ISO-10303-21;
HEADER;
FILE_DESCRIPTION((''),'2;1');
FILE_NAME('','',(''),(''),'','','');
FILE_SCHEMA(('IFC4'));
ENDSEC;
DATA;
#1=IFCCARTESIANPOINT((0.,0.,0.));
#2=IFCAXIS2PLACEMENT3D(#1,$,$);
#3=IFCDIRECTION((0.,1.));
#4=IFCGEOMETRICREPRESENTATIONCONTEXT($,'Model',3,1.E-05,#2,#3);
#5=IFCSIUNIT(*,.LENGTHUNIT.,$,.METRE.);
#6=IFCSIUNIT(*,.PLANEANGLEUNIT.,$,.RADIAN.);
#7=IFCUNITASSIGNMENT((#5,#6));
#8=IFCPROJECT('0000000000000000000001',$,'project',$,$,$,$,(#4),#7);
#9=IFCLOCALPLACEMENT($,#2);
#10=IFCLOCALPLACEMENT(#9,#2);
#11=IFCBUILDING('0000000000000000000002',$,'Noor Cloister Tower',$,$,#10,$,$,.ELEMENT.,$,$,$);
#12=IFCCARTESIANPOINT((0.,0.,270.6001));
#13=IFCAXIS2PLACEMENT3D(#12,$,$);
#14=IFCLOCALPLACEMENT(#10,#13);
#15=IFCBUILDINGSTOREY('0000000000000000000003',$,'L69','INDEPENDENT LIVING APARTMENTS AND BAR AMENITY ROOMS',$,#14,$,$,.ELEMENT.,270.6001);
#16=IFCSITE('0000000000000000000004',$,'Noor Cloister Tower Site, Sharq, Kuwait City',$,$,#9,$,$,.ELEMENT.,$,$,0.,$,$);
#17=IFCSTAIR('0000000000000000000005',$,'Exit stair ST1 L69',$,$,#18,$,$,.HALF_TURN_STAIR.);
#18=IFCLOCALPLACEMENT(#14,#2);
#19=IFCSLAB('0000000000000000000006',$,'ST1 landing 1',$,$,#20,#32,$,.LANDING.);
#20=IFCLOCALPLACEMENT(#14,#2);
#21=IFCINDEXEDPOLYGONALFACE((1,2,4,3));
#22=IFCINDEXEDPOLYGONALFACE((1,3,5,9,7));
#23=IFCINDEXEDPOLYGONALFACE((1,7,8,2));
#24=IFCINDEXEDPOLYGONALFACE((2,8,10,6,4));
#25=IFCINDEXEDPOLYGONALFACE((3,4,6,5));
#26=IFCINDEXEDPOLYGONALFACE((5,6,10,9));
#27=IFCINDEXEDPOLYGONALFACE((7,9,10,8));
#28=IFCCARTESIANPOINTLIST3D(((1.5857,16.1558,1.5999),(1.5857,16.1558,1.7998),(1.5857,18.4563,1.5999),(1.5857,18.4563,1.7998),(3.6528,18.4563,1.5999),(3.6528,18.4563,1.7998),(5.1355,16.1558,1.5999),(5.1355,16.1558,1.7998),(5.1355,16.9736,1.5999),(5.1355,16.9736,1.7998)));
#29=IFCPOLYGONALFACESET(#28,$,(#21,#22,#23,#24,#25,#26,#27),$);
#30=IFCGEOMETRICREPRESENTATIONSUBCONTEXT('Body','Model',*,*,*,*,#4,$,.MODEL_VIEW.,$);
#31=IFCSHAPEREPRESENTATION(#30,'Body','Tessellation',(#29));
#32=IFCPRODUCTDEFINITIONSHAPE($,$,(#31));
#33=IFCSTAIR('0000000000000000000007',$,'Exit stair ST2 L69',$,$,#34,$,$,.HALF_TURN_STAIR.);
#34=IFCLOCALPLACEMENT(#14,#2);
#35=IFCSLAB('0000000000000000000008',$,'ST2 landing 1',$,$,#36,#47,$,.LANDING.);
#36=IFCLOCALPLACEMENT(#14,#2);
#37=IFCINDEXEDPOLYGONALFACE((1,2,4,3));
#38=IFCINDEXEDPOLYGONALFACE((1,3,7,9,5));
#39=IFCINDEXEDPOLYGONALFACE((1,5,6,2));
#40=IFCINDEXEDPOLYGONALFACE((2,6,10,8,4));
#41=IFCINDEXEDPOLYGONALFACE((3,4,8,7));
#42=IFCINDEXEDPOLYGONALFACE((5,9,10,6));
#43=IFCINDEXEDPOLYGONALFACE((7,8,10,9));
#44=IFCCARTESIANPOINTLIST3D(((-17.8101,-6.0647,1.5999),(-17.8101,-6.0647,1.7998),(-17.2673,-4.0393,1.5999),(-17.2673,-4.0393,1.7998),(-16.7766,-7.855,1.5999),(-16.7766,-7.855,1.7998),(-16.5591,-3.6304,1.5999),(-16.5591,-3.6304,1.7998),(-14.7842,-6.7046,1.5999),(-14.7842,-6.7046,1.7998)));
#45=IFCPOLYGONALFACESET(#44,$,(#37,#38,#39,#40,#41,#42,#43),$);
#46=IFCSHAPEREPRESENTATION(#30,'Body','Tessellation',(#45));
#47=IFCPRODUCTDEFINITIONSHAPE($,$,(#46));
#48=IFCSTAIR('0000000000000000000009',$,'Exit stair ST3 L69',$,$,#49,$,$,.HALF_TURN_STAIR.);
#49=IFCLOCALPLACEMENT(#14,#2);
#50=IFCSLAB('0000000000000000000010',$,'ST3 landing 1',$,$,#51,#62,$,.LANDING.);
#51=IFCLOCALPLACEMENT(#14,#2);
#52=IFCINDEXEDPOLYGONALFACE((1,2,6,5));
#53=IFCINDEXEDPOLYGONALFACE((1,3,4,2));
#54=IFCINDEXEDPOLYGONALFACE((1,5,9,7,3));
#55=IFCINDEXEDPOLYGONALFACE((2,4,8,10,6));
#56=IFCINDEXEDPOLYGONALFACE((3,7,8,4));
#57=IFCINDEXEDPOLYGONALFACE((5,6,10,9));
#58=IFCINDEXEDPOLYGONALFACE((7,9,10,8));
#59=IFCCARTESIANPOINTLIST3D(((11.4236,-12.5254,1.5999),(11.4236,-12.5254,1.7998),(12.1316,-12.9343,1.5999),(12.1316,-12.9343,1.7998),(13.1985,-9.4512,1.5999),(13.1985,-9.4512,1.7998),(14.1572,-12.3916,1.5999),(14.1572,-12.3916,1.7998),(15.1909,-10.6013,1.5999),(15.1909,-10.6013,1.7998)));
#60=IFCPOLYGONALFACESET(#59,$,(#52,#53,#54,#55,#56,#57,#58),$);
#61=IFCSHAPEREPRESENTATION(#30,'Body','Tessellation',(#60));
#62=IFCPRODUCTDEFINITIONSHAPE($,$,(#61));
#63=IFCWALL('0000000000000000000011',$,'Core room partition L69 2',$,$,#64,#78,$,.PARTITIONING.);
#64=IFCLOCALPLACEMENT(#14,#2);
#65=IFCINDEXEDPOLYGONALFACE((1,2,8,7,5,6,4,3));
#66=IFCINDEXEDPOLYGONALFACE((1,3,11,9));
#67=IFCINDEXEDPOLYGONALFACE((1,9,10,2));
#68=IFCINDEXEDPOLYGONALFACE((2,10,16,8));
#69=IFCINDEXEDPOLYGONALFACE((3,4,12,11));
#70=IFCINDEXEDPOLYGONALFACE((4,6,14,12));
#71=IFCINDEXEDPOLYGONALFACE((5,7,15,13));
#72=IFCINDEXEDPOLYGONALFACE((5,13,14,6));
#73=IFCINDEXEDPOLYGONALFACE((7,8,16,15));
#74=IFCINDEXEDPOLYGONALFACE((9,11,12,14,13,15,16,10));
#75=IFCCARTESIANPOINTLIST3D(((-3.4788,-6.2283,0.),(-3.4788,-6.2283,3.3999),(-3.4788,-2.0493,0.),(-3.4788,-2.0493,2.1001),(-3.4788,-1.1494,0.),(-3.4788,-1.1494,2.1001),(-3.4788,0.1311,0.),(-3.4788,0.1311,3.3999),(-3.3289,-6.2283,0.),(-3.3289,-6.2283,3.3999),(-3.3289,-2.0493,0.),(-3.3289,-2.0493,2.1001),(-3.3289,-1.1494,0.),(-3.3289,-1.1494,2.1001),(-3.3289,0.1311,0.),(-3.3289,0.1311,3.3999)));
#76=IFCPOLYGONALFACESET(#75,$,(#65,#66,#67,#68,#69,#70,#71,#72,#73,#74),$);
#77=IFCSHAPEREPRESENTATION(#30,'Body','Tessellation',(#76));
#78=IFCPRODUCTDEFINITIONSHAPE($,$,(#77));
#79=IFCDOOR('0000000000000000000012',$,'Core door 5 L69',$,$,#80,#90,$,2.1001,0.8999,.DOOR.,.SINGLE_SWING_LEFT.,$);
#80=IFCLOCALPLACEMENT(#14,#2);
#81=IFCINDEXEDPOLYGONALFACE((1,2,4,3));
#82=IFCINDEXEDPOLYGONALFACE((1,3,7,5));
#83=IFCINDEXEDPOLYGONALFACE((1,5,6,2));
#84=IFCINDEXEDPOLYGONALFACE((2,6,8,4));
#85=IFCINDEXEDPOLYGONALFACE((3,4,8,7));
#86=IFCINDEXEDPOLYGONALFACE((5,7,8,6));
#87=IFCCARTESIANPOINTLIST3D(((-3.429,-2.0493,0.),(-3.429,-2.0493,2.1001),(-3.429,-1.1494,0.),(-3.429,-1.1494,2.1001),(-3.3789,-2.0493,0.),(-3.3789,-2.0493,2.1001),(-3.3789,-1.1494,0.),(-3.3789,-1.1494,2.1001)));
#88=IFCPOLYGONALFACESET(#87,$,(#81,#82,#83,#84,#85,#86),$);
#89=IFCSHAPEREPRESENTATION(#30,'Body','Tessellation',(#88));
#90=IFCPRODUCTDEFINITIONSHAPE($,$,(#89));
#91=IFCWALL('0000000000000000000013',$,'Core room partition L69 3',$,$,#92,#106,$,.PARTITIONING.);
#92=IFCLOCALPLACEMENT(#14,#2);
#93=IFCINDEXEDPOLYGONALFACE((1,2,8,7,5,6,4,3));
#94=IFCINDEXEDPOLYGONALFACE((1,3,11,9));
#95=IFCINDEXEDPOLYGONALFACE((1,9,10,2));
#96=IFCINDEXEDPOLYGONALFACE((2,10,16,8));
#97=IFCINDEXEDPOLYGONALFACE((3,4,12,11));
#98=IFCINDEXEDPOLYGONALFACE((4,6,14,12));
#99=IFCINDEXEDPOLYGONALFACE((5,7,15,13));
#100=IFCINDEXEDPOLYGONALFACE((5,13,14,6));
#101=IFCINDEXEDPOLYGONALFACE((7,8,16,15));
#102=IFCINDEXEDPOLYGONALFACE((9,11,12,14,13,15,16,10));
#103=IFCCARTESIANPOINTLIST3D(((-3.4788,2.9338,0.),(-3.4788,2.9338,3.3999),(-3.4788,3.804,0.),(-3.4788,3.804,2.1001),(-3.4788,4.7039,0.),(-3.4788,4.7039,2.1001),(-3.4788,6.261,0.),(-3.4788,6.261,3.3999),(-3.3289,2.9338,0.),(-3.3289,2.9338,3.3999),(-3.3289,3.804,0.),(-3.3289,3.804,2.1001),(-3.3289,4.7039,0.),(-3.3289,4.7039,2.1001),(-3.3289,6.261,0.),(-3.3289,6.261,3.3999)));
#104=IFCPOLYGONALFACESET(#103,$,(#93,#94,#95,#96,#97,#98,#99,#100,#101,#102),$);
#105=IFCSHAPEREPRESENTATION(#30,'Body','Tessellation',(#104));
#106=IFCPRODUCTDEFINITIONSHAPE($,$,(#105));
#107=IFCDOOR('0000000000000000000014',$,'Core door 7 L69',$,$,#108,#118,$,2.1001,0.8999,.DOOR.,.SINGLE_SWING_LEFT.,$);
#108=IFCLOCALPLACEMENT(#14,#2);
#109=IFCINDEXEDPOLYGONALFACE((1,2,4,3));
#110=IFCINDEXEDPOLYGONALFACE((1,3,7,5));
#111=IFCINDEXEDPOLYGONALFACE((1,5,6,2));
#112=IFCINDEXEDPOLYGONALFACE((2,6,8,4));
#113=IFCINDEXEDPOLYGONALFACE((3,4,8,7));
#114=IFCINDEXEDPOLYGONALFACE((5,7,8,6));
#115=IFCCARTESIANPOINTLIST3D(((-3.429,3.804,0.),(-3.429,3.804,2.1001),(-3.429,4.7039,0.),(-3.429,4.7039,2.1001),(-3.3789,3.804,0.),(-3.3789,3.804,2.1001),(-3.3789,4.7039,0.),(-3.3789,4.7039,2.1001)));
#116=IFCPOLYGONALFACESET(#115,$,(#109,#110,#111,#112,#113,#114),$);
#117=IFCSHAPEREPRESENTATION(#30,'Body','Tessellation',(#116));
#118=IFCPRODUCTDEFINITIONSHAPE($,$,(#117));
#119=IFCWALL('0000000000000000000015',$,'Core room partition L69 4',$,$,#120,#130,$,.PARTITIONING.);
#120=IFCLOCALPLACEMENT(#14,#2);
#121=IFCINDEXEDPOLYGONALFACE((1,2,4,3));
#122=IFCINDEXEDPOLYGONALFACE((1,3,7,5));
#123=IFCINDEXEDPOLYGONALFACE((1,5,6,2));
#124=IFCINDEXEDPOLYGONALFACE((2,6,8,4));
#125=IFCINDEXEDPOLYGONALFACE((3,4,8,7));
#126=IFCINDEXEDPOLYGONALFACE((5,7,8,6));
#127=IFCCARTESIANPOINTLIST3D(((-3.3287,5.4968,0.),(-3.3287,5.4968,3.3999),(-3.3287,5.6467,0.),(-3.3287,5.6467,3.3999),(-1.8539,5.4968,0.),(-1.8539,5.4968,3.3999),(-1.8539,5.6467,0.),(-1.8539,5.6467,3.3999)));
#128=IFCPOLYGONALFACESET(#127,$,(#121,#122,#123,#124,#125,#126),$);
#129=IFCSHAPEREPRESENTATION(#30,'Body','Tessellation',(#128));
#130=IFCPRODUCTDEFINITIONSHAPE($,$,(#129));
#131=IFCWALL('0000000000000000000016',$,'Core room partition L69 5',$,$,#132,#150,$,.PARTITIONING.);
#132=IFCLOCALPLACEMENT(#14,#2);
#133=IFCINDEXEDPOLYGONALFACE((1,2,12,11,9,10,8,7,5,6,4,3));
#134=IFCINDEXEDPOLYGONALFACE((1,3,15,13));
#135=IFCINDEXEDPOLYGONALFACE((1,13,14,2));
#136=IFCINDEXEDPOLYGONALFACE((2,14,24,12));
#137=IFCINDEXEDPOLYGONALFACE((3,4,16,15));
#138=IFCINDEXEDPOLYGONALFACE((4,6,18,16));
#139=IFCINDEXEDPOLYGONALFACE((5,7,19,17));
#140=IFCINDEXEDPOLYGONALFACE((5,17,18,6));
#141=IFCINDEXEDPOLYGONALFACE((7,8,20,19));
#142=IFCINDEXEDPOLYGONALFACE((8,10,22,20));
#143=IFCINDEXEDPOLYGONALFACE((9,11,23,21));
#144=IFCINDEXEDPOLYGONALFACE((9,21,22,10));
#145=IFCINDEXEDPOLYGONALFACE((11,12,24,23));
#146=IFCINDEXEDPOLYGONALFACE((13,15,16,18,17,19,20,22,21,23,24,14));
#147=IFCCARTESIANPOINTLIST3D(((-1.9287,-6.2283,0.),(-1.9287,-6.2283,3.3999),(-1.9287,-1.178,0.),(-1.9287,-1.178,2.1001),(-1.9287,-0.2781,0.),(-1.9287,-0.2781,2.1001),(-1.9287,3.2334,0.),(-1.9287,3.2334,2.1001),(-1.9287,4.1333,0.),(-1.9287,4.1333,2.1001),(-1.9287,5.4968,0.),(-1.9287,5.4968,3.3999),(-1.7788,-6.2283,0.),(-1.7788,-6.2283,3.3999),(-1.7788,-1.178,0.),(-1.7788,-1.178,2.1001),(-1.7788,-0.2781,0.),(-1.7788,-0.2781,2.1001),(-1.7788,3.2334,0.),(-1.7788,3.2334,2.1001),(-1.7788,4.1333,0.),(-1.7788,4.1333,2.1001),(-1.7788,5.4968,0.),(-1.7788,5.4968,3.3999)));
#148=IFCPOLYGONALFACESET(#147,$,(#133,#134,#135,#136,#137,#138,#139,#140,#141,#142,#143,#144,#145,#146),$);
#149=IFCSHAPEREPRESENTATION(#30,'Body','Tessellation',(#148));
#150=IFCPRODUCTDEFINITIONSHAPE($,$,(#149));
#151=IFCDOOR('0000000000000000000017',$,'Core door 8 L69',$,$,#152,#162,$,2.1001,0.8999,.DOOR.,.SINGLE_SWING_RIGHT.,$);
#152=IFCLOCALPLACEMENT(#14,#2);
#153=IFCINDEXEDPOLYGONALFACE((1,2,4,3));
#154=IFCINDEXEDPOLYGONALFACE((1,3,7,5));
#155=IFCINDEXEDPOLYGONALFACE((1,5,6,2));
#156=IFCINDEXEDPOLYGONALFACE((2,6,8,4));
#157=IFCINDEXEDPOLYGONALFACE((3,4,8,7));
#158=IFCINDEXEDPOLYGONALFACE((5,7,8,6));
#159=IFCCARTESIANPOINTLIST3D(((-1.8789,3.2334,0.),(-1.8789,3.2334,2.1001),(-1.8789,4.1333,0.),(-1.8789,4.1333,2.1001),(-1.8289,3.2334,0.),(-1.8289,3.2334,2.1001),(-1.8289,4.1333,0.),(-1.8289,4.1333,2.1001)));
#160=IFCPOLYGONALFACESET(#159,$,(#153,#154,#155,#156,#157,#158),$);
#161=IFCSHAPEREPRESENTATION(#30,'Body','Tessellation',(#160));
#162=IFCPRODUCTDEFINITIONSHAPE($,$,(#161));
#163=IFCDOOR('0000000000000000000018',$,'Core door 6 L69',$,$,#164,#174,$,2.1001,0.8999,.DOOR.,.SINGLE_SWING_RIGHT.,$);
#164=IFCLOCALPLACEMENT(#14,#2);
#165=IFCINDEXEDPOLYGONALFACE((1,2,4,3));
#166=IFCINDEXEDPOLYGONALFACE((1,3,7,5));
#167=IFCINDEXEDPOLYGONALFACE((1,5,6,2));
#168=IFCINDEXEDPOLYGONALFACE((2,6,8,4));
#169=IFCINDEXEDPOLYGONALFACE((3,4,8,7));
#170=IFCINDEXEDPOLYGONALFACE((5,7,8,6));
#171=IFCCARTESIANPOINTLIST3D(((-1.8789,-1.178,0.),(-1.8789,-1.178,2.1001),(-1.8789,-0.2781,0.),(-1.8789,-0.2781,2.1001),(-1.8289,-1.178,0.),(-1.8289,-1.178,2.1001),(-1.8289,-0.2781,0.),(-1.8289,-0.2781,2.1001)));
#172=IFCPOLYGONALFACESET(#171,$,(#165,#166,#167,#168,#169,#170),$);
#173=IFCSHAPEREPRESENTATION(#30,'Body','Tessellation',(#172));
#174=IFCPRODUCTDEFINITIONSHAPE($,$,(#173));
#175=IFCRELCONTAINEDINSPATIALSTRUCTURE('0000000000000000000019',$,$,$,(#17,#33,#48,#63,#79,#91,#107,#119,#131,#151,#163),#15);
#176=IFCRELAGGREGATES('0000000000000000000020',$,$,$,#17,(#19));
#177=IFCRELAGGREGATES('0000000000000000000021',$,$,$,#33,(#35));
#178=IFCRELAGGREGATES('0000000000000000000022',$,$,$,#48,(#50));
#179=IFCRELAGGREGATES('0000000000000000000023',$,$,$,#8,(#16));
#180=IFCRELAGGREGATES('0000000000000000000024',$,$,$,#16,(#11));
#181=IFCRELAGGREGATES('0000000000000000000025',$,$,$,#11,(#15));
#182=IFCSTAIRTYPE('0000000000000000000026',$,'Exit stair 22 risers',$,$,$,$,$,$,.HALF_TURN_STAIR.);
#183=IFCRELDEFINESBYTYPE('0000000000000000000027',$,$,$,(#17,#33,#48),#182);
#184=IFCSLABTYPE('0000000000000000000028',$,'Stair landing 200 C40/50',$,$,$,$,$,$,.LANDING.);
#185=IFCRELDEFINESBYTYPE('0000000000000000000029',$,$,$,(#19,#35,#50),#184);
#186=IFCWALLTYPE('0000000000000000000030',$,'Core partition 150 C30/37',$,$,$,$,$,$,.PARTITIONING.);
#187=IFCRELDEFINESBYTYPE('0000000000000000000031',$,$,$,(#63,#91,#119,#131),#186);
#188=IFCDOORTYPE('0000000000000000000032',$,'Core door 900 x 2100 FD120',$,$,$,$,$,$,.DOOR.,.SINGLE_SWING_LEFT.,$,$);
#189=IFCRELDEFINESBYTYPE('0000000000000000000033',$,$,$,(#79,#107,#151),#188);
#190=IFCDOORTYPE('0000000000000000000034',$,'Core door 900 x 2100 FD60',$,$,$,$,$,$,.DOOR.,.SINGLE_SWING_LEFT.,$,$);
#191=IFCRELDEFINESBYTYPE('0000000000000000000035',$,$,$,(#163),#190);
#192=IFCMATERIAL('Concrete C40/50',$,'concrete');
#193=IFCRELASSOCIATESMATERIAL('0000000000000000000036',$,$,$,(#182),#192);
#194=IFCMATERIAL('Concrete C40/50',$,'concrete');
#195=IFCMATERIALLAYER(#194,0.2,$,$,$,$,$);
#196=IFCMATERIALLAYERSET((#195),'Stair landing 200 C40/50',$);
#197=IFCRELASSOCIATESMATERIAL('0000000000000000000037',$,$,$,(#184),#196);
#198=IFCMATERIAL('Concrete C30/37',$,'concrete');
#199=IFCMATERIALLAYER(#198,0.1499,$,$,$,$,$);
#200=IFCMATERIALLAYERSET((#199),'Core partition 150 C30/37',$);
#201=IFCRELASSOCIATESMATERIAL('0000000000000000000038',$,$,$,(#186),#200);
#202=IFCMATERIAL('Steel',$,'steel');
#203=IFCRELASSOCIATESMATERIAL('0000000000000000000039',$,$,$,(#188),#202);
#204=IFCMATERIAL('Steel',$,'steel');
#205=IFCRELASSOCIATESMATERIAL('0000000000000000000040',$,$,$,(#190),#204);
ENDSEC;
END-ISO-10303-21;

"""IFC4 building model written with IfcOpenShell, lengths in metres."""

from ifc_helpers import new_model, si_unit, direction, frame, frame_2d, origin, place, context, subcontext, project, spatial, polyline, rectangle, outline, extrude, material, layer, layer_set, type_object, element, fill, aggregate, save


model = new_model("IFC4")

# Units and contexts
model_context = context("Model", 3, precision=1e-05, world=origin(), true_north=direction((0.0, 1.0)))
body_context = subcontext(model_context, "Body", "Model", "MODEL_VIEW")
ifc_project = project(units=[si_unit("LENGTHUNIT", "METRE"), si_unit("PLANEANGLEUNIT", "RADIAN")], contexts=[model_context])

# Site, building, storey
site_placement = place(None, origin())
site = spatial("IfcSite", under=ifc_project, at=site_placement, Name="Noor Cloister Tower Site, Sharq, Kuwait City", CompositionType="ELEMENT", RefElevation=0.0)
building_placement = place(site_placement, origin())
building = spatial("IfcBuilding", under=site, at=building_placement, Name="Noor Cloister Tower", CompositionType="ELEMENT")
storey_placement = place(building_placement, frame((0.0, 0.0, 270.6001)))
storey = spatial("IfcBuildingStorey", under=building, at=storey_placement, Name="L69", Description="INDEPENDENT LIVING APARTMENTS AND BAR AMENITY ROOMS", CompositionType="ELEMENT", Elevation=270.6001)

# Stairs, slabs
ifc_material_1 = material(Name="Concrete C40/50", Category="concrete")
stair_type = type_object("IfcStairType", Name="Exit stair 22 risers", PredefinedType="HALF_TURN_STAIR", material=ifc_material_1)
stair_1_placement = place(storey_placement, origin())
stair_1 = element("IfcStair", 1, at=stair_1_placement, inside=storey, type_object=stair_type, Name="Exit stair ST1 L69", PredefinedType="HALF_TURN_STAIR")
ifc_material_2 = material(Name="Concrete C40/50", Category="concrete")
ifc_layer_1 = layer(ifc_material_2, 0.2)
ifc_layer_set_1 = layer_set([ifc_layer_1], Name="Stair landing 200 C40/50")
slab_type = type_object("IfcSlabType", Name="Stair landing 200 C40/50", PredefinedType="LANDING", material=ifc_layer_set_1)
slab_1_placement = place(storey_placement, frame((0.0, 0.0, 1.5999)))
slab_1 = element("IfcSlab", 2, at=slab_1_placement, type_object=slab_type, Name="ST1 landing 1", PredefinedType="LANDING", context=body_context, shape_type="SweptSolid", body=[
    extrude(outline(polyline([(5.1355, 16.1558), (5.1355, 16.9736), (3.6528, 18.4563), (1.5857, 18.4563), (1.5857, 16.1558), (5.1355, 16.1558)])), origin(), (0.0, 0.0, 1.0), 0.2),
])
aggregate(stair_1, [slab_1])
stair_2_placement = place(storey_placement, origin())
stair_2 = element("IfcStair", 3, at=stair_2_placement, inside=storey, type_object=stair_type, Name="Exit stair ST2 L69", PredefinedType="HALF_TURN_STAIR")
slab_2_placement = place(storey_placement, frame((0.0, 0.0, 1.5999)))
slab_2 = element("IfcSlab", 4, at=slab_2_placement, type_object=slab_type, Name="ST2 landing 1", PredefinedType="LANDING", context=body_context, shape_type="SweptSolid", body=[
    extrude(outline(polyline([(-16.5591, -3.6304), (-17.2673, -4.0393), (-17.8101, -6.0647), (-16.7766, -7.855), (-14.7842, -6.7046), (-16.5591, -3.6304)])), origin(), (0.0, 0.0, 1.0), 0.2),
])
aggregate(stair_2, [slab_2])
stair_3_placement = place(storey_placement, origin())
stair_3 = element("IfcStair", 5, at=stair_3_placement, inside=storey, type_object=stair_type, Name="Exit stair ST3 L69", PredefinedType="HALF_TURN_STAIR")
slab_3_placement = place(storey_placement, frame((0.0, 0.0, 1.5999)))
slab_3 = element("IfcSlab", 6, at=slab_3_placement, type_object=slab_type, Name="ST3 landing 1", PredefinedType="LANDING", context=body_context, shape_type="SweptSolid", body=[
    extrude(outline(polyline([(11.4236, -12.5254), (12.1316, -12.9343), (14.1572, -12.3916), (15.1909, -10.6013), (13.1985, -9.4512), (11.4236, -12.5254)])), origin(), (0.0, 0.0, 1.0), 0.2),
])
aggregate(stair_3, [slab_3])

# Walls, openings, doors
ifc_material_3 = material(Name="Concrete C30/37", Category="concrete")
ifc_layer_2 = layer(ifc_material_3, 0.1499)
ifc_layer_set_2 = layer_set([ifc_layer_2], Name="Core partition 150 C30/37")
wall_type_1 = type_object("IfcWallType", Name="Core partition 150 C30/37", PredefinedType="PARTITIONING", material=ifc_layer_set_2)
wall_1_placement = place(storey_placement, frame((-3.4038, 0.1311, 0.0), z_axis=(0.0, 0.0, 1.0), x_axis=(0.0, -1.0, 0.0)))
wall_1 = element("IfcWall", 7, at=wall_1_placement, inside=storey, type_object=wall_type_1, Name="Core room partition L69 2", PredefinedType="PARTITIONING", context=body_context, shape_type="SweptSolid", body=[
    extrude(rectangle(XDim=6.3594, YDim=0.1499, at=frame_2d((3.1797, 0.0))), origin(), (0.0, 0.0, 1.0), 3.3999),
])
opening_1_placement = place(wall_1_placement, frame((1.2805, 0.0, 0.0)))
opening_1 = element("IfcOpeningElement", 8, at=opening_1_placement, cuts=wall_1, PredefinedType="OPENING", context=body_context, shape_type="SweptSolid", body=[
    extrude(rectangle(XDim=0.8999, YDim=2.1001, at=frame_2d((0.45, 1.05))), frame((0.0, 0.085, 0.0), z_axis=(0.0, -1.0, 0.0), x_axis=(1.0, 0.0, 0.0)), (0.0, 0.0, 1.0), 0.1699),
])
ifc_material_4 = material(Name="Steel", Category="steel")
door_type_1 = type_object("IfcDoorType", Name="Core door 900 x 2100 FD120", OperationType="SINGLE_SWING_LEFT", PredefinedType="DOOR", material=ifc_material_4)
door_1_placement = place(opening_1_placement, origin())
door_1 = element("IfcDoor", 9, at=door_1_placement, inside=storey, type_object=door_type_1, Name="Core door 5 L69", OperationType="SINGLE_SWING_LEFT", OverallHeight=2.1001, OverallWidth=0.8999, PredefinedType="DOOR", context=body_context, shape_type="SweptSolid", body=[
    extrude(rectangle(XDim=0.8999, YDim=2.1001, at=frame_2d((0.45, 1.05))), frame((0.0, 0.0249, 0.0), z_axis=(0.0, -1.0, 0.0), x_axis=(1.0, 0.0, 0.0)), (0.0, 0.0, 1.0), 0.05),
])
fill(opening_1, door_1)
wall_2_placement = place(storey_placement, frame((-3.4038, 6.261, 0.0), z_axis=(0.0, 0.0, 1.0), x_axis=(0.0, -1.0, 0.0)))
wall_2 = element("IfcWall", 10, at=wall_2_placement, inside=storey, type_object=wall_type_1, Name="Core room partition L69 3", PredefinedType="PARTITIONING", context=body_context, shape_type="SweptSolid", body=[
    extrude(rectangle(XDim=3.3271, YDim=0.1499, at=frame_2d((1.6636, 0.0))), origin(), (0.0, 0.0, 1.0), 3.3999),
])
opening_2_placement = place(wall_2_placement, frame((1.5571, 0.0, 0.0)))
opening_2 = element("IfcOpeningElement", 11, at=opening_2_placement, cuts=wall_2, PredefinedType="OPENING", context=body_context, shape_type="SweptSolid", body=[
    extrude(rectangle(XDim=0.8999, YDim=2.1001, at=frame_2d((0.45, 1.05))), frame((0.0, 0.085, 0.0), z_axis=(0.0, -1.0, 0.0), x_axis=(1.0, 0.0, 0.0)), (0.0, 0.0, 1.0), 0.1699),
])
door_2_placement = place(opening_2_placement, origin())
door_2 = element("IfcDoor", 12, at=door_2_placement, inside=storey, type_object=door_type_1, Name="Core door 7 L69", OperationType="SINGLE_SWING_LEFT", OverallHeight=2.1001, OverallWidth=0.8999, PredefinedType="DOOR", context=body_context, shape_type="SweptSolid", body=[
    extrude(rectangle(XDim=0.8999, YDim=2.1001, at=frame_2d((0.45, 1.05))), frame((0.0, 0.0249, 0.0), z_axis=(0.0, -1.0, 0.0), x_axis=(1.0, 0.0, 0.0)), (0.0, 0.0, 1.0), 0.05),
])
fill(opening_2, door_2)

# Wall
wall_3_placement = place(storey_placement, frame((-3.3286, 5.5718, 0.0), z_axis=(0.0, 0.0, 1.0), x_axis=(1.0, 0.0, 0.0)))
element("IfcWall", 13, at=wall_3_placement, inside=storey, type_object=wall_type_1, Name="Core room partition L69 4", PredefinedType="PARTITIONING", context=body_context, shape_type="SweptSolid", body=[
    extrude(rectangle(XDim=1.4749, YDim=0.1499, at=frame_2d((0.7373, 0.0))), origin(), (0.0, 0.0, 1.0), 3.3999),
])

# Wall, openings, doors
wall_4_placement = place(storey_placement, frame((-1.8538, 5.4968, 0.0), z_axis=(0.0, 0.0, 1.0), x_axis=(0.0, -1.0, 0.0)))
wall_4 = element("IfcWall", 14, at=wall_4_placement, inside=storey, type_object=wall_type_1, Name="Core room partition L69 5", PredefinedType="PARTITIONING", context=body_context, shape_type="SweptSolid", body=[
    extrude(rectangle(XDim=11.7251, YDim=0.1499, at=frame_2d((5.8625, 0.0))), origin(), (0.0, 0.0, 1.0), 3.3999),
])
opening_3_placement = place(wall_4_placement, frame((5.7749, 0.0, 0.0)))
opening_3 = element("IfcOpeningElement", 15, at=opening_3_placement, cuts=wall_4, PredefinedType="OPENING", context=body_context, shape_type="SweptSolid", body=[
    extrude(rectangle(XDim=0.8999, YDim=2.1001, at=frame_2d((0.45, 1.05))), frame((0.0, 0.085, 0.0), z_axis=(0.0, -1.0, 0.0), x_axis=(1.0, 0.0, 0.0)), (0.0, 0.0, 1.0), 0.1699),
])
opening_4_placement = place(wall_4_placement, frame((1.3635, 0.0, 0.0)))
opening_4 = element("IfcOpeningElement", 16, at=opening_4_placement, cuts=wall_4, PredefinedType="OPENING", context=body_context, shape_type="SweptSolid", body=[
    extrude(rectangle(XDim=0.8999, YDim=2.1001, at=frame_2d((0.45, 1.05))), frame((0.0, 0.085, 0.0), z_axis=(0.0, -1.0, 0.0), x_axis=(1.0, 0.0, 0.0)), (0.0, 0.0, 1.0), 0.1699),
])
door_3_placement = place(opening_4_placement, origin())
door_3 = element("IfcDoor", 17, at=door_3_placement, inside=storey, type_object=door_type_1, Name="Core door 8 L69", OperationType="SINGLE_SWING_RIGHT", OverallHeight=2.1001, OverallWidth=0.8999, PredefinedType="DOOR", context=body_context, shape_type="SweptSolid", body=[
    extrude(rectangle(XDim=0.8999, YDim=2.1001, at=frame_2d((0.45, 1.05))), frame((0.0, 0.0249, 0.0), z_axis=(0.0, -1.0, 0.0), x_axis=(1.0, 0.0, 0.0)), (0.0, 0.0, 1.0), 0.05),
])
fill(opening_4, door_3)
ifc_material_5 = material(Name="Steel", Category="steel")
door_type_2 = type_object("IfcDoorType", Name="Core door 900 x 2100 FD60", OperationType="SINGLE_SWING_LEFT", PredefinedType="DOOR", material=ifc_material_5)
door_4_placement = place(opening_3_placement, origin())
door_4 = element("IfcDoor", 18, at=door_4_placement, inside=storey, type_object=door_type_2, Name="Core door 6 L69", OperationType="SINGLE_SWING_RIGHT", OverallHeight=2.1001, OverallWidth=0.8999, PredefinedType="DOOR", context=body_context, shape_type="SweptSolid", body=[
    extrude(rectangle(XDim=0.8999, YDim=2.1001, at=frame_2d((0.45, 1.05))), frame((0.0, 0.0249, 0.0), z_axis=(0.0, -1.0, 0.0), x_axis=(1.0, 0.0, 0.0)), (0.0, 0.0, 1.0), 0.05),
])
fill(opening_3, door_4)

save(model, "model.ifc")
